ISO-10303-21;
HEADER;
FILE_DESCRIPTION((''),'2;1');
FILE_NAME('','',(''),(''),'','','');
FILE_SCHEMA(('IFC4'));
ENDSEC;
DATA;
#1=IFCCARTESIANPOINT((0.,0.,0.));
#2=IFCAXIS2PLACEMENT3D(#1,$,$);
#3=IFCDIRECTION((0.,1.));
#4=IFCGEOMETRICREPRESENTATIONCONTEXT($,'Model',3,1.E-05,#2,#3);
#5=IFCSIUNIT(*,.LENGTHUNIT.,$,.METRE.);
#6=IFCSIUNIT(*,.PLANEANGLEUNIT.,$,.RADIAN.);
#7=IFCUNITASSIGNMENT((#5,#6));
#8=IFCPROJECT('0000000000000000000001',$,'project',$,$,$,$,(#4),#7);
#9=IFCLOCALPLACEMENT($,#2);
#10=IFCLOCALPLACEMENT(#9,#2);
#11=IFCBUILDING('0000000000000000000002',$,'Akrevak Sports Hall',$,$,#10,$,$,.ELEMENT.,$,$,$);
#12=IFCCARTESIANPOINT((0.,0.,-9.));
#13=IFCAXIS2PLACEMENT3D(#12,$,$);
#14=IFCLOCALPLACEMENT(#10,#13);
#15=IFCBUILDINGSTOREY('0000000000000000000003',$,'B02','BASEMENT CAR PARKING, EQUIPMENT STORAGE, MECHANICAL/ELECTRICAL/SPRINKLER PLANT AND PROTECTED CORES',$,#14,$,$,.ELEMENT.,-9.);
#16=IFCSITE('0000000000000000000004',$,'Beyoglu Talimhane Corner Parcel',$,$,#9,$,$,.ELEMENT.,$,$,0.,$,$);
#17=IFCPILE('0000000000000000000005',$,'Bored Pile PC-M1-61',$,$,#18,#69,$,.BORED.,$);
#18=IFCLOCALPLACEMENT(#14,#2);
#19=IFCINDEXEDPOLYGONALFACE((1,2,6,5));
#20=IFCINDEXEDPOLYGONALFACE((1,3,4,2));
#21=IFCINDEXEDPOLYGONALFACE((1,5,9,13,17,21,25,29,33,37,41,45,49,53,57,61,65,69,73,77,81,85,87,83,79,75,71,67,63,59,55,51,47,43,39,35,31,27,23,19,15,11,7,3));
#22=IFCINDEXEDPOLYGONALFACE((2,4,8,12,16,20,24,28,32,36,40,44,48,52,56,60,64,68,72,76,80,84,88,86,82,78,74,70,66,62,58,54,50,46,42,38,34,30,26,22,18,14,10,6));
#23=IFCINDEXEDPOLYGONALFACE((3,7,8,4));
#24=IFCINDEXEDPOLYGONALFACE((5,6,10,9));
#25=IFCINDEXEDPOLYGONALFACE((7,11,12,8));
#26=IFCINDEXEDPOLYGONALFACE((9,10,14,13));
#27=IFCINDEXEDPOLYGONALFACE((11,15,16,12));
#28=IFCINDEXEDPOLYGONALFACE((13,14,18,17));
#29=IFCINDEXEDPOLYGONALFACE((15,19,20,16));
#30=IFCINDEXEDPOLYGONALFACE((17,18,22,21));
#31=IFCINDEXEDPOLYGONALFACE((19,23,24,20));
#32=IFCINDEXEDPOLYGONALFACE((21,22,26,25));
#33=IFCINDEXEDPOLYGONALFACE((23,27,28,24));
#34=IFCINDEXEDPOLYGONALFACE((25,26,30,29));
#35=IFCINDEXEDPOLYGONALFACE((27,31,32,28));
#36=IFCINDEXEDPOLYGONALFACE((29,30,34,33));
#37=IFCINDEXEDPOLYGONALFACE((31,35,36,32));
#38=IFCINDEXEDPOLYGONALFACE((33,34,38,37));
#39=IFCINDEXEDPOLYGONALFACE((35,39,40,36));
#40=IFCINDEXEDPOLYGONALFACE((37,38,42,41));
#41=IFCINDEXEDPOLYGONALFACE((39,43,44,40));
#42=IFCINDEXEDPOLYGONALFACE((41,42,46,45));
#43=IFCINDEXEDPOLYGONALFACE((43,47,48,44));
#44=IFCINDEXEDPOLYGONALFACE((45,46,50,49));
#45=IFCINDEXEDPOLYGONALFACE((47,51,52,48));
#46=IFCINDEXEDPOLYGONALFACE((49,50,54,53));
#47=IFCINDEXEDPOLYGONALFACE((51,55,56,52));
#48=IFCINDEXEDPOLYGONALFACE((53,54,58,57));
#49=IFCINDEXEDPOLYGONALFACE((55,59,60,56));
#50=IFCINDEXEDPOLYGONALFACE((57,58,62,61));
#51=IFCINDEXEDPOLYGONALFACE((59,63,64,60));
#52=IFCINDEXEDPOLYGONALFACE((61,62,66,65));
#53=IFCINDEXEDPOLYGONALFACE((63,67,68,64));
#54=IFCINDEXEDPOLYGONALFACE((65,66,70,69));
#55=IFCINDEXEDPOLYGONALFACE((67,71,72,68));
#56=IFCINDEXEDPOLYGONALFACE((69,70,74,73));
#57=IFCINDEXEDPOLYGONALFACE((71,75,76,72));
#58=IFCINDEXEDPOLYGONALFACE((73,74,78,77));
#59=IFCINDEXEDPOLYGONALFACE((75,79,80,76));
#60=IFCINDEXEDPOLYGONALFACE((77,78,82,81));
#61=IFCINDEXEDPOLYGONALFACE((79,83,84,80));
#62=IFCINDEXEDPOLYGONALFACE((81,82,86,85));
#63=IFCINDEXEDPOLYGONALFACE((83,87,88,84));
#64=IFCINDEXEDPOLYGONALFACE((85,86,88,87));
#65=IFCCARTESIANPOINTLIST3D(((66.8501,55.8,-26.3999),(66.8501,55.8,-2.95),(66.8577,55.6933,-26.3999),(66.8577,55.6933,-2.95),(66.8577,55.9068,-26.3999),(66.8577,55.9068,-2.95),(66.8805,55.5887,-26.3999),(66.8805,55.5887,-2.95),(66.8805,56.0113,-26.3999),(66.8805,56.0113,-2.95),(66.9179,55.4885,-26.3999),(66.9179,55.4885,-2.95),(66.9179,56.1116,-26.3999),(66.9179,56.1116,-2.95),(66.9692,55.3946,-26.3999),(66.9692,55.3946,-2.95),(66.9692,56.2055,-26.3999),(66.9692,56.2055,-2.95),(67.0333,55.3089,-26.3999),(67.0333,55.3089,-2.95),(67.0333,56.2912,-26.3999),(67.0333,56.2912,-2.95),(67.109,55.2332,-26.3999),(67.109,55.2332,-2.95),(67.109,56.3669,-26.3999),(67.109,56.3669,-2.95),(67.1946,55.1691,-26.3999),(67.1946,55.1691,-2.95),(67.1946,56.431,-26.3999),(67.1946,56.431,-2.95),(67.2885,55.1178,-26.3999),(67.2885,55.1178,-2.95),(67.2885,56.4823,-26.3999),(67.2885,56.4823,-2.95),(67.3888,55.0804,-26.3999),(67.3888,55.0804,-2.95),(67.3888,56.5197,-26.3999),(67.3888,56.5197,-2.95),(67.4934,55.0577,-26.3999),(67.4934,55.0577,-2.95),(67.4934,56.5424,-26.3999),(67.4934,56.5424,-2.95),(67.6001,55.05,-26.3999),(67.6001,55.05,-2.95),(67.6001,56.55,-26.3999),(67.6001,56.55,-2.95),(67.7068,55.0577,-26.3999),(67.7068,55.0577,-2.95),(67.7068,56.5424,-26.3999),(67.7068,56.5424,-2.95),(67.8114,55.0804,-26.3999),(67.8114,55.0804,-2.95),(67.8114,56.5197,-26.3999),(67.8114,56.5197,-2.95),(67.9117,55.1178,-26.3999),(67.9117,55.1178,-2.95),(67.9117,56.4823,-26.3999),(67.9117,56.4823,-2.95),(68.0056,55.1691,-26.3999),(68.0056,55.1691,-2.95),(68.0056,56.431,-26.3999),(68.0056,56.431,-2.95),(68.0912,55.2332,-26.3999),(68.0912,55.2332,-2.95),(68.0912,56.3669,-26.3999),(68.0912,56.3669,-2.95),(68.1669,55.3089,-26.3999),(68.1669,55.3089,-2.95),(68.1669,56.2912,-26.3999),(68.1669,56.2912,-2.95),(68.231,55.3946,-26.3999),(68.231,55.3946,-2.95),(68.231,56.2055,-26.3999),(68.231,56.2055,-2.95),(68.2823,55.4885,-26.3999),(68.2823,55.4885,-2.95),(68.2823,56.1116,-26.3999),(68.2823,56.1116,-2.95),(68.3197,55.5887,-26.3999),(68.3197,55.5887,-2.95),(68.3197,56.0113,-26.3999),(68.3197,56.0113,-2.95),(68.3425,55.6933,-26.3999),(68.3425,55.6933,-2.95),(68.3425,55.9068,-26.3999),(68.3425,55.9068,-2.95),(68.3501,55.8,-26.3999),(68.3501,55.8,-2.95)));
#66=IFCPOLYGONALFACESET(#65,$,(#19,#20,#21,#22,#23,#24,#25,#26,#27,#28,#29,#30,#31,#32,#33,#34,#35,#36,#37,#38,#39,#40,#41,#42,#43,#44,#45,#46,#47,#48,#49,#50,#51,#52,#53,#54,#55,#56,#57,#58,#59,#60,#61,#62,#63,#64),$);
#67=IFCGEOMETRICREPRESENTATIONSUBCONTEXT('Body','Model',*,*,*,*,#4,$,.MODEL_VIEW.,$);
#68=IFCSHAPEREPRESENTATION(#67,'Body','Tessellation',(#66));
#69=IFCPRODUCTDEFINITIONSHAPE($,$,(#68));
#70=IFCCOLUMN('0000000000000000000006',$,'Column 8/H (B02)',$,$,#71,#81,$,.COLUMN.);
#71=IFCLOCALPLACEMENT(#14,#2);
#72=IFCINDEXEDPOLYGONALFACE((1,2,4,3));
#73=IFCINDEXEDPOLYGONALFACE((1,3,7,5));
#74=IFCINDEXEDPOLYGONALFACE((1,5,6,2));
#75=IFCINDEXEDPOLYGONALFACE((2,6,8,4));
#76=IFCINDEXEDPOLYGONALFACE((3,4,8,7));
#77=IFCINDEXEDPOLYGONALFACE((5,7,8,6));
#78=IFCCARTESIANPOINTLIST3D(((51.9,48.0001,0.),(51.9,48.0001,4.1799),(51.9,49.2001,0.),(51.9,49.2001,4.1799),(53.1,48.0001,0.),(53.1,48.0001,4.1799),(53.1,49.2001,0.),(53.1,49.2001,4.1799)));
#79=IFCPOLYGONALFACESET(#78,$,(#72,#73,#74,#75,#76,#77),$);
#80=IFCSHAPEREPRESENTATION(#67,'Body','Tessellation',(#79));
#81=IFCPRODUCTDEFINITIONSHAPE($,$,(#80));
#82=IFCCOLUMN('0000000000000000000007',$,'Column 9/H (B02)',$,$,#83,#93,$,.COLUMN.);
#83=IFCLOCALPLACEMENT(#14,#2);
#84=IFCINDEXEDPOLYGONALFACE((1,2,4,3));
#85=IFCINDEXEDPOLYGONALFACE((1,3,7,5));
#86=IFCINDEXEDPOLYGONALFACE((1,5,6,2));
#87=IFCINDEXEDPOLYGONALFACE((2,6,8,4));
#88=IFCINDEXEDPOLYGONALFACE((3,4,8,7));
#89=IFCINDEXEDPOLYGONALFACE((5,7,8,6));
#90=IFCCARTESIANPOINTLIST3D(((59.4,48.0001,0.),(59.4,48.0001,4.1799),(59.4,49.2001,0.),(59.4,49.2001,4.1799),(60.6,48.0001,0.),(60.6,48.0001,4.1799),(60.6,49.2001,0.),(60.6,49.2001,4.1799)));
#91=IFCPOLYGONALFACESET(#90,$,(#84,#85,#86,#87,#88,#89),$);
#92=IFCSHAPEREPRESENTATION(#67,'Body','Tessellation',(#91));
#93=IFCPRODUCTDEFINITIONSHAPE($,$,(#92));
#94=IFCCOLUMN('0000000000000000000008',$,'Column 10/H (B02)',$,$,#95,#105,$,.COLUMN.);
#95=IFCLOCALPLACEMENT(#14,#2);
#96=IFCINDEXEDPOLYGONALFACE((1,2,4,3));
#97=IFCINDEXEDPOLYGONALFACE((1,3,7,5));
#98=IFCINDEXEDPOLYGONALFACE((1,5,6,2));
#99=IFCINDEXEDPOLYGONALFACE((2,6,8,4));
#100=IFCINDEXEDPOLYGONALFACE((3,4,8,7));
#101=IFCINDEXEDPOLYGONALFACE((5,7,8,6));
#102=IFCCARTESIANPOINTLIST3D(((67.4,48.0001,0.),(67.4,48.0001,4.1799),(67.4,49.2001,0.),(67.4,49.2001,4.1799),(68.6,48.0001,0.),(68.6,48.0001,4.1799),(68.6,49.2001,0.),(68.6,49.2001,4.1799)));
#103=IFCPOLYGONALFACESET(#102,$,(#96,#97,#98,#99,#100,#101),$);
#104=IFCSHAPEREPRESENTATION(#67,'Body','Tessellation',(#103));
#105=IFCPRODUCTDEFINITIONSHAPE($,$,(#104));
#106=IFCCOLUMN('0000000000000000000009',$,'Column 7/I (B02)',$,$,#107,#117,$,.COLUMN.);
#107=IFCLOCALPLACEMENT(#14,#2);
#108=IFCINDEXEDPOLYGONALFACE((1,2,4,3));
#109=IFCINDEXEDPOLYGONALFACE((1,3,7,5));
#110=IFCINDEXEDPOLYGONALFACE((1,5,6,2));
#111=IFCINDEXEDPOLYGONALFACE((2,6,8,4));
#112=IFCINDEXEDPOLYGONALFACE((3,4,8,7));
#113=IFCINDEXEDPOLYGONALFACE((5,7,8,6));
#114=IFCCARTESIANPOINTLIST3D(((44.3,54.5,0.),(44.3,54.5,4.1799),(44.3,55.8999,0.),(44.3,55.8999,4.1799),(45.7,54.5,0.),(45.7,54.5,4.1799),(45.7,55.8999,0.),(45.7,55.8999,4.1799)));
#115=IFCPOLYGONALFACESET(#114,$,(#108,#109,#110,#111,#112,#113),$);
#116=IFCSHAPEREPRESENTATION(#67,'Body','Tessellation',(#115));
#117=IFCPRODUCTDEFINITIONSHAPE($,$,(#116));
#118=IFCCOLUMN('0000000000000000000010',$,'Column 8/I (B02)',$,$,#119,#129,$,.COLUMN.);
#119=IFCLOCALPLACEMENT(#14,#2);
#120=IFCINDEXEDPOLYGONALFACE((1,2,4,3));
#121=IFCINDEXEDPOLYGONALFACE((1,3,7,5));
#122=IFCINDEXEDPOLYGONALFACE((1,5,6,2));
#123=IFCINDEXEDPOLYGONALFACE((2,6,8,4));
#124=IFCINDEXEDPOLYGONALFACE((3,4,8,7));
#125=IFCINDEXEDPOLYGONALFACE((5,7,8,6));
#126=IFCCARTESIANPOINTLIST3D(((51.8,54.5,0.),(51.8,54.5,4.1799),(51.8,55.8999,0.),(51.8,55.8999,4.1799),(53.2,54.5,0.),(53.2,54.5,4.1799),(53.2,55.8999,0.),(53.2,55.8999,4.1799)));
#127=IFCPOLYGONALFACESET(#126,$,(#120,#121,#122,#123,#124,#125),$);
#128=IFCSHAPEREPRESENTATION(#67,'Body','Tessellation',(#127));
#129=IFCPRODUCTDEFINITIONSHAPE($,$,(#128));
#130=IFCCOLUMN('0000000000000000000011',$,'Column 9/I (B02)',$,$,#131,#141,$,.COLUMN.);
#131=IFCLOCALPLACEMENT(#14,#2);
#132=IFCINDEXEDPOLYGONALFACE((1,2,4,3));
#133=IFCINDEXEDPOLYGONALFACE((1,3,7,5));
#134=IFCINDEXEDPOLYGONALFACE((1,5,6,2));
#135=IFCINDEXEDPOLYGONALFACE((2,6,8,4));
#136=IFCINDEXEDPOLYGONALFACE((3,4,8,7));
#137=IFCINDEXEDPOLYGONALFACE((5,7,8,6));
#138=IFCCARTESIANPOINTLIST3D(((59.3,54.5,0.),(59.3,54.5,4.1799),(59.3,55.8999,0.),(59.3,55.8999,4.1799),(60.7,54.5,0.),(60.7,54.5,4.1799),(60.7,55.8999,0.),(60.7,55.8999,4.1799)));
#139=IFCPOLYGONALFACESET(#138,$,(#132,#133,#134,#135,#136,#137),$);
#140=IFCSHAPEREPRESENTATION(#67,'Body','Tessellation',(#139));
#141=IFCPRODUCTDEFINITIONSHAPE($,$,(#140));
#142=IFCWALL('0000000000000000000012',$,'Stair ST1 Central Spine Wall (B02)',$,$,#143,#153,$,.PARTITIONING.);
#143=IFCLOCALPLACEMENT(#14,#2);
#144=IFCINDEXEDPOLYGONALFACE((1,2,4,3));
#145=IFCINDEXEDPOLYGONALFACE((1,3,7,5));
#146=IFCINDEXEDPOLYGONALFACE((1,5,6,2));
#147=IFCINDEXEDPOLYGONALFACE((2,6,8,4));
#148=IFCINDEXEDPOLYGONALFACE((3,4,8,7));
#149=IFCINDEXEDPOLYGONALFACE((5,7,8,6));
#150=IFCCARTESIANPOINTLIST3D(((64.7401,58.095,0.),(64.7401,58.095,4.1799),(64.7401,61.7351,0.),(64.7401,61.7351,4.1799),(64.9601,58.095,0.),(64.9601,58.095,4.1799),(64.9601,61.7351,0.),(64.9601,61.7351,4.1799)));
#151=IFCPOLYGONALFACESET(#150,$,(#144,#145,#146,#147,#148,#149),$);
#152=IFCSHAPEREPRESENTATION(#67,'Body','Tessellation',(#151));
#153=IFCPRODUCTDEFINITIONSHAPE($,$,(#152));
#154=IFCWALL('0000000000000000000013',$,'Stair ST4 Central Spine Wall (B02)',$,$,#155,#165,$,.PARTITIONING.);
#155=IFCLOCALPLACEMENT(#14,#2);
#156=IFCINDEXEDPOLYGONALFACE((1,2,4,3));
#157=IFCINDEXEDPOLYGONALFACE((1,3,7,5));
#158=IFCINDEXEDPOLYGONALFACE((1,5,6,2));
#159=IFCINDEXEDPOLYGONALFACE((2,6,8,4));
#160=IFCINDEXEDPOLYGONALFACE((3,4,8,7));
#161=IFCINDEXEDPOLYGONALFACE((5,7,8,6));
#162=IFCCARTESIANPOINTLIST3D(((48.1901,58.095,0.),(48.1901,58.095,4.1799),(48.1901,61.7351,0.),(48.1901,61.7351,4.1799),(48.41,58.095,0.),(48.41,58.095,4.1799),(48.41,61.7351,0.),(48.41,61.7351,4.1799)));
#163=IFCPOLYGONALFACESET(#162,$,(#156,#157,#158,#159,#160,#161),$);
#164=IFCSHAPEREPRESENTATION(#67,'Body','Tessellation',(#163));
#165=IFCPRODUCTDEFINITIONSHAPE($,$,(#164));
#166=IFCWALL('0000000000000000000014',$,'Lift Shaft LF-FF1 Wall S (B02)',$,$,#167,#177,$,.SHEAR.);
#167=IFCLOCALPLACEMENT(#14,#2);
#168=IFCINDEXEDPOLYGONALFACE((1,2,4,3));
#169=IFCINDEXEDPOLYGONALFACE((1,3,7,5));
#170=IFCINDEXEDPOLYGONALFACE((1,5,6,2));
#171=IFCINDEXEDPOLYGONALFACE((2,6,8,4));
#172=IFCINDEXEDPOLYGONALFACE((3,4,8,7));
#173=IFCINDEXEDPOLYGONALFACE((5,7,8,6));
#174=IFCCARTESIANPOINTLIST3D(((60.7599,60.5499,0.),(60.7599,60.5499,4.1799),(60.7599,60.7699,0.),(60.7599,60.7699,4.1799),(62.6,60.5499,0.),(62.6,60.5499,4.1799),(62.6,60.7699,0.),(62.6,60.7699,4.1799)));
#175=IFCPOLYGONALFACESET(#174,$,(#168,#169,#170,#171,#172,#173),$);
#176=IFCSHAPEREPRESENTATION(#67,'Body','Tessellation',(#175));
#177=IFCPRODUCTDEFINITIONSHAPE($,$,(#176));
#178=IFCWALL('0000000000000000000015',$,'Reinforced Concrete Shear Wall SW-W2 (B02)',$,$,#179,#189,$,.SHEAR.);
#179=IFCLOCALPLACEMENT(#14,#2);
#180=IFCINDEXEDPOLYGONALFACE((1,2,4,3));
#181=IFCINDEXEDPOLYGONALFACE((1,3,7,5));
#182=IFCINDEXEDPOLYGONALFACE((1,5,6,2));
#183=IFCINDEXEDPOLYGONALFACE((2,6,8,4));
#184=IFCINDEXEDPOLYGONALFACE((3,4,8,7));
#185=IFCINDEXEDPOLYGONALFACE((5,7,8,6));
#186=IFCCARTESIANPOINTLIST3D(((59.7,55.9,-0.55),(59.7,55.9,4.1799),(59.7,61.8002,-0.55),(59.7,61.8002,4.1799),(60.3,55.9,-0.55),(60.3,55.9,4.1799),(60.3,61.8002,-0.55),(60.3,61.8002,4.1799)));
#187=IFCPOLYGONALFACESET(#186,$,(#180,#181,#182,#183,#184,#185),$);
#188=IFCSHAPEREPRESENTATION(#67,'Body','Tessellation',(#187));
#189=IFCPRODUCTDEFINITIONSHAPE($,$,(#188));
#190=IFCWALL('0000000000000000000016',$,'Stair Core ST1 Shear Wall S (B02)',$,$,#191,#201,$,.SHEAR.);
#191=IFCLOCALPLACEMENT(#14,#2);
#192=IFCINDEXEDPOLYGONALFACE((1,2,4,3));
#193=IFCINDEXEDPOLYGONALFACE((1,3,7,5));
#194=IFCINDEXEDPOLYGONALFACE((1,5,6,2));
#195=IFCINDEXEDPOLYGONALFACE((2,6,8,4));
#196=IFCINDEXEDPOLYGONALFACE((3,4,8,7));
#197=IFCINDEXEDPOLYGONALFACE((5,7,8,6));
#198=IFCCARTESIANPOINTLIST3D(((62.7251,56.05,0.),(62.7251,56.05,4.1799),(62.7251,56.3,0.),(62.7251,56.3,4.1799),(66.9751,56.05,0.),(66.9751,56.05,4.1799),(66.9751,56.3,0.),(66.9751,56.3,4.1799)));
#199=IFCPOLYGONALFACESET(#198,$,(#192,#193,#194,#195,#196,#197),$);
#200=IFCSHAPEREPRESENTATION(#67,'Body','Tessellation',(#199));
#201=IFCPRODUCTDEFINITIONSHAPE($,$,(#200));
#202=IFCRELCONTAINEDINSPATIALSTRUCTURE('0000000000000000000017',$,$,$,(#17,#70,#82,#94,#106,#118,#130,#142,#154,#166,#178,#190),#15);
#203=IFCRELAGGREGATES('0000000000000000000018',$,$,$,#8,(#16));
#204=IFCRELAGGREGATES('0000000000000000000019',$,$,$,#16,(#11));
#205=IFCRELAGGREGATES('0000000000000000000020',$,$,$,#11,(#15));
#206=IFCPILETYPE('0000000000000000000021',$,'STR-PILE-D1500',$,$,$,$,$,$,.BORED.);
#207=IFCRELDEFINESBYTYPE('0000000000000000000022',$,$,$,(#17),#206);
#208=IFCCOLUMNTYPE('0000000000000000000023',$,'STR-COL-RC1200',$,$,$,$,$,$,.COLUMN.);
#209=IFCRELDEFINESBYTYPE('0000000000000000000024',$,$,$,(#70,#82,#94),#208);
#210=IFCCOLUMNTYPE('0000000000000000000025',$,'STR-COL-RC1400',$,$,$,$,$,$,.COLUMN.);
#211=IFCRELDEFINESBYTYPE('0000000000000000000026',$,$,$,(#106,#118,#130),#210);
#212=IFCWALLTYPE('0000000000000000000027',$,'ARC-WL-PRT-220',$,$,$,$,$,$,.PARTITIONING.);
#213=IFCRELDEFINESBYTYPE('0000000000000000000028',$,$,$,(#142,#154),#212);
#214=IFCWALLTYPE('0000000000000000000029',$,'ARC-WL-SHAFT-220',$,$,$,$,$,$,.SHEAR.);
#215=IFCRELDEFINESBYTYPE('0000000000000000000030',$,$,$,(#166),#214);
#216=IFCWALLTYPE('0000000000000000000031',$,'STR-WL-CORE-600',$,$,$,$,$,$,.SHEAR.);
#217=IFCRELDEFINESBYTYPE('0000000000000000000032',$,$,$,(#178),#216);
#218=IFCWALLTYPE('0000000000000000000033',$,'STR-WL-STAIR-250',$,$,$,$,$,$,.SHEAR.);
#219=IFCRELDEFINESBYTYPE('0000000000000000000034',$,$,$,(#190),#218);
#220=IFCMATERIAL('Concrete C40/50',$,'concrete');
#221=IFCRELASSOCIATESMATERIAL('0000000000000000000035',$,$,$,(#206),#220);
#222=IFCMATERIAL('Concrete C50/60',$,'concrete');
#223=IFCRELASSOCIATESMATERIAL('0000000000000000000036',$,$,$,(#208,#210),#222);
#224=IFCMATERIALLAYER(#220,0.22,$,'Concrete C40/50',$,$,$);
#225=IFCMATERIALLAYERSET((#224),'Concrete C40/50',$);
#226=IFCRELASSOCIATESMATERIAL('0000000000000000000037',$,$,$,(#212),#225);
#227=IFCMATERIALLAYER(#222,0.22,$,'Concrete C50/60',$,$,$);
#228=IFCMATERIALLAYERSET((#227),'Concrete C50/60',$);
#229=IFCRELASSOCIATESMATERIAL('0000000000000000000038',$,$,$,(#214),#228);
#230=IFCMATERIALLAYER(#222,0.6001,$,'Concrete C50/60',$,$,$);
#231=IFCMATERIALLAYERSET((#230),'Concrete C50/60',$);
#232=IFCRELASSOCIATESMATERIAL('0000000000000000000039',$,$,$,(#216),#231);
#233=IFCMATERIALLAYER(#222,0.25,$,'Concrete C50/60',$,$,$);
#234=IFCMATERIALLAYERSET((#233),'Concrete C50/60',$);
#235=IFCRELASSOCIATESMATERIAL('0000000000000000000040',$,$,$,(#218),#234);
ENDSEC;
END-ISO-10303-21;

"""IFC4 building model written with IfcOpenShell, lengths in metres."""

from ifc_helpers import new_model, si_unit, direction, frame, frame_2d, origin, origin_2d, place, context, subcontext, project, spatial, rectangle, circle, extrude, material, layer, layer_set, material_profile, profile_set, type_object, element, save


model = new_model("IFC4")

# Units and contexts
model_context = context("Model", 3, precision=1e-05, world=origin(), true_north=direction((0.0, 1.0)))
body_context = subcontext(model_context, "Body", "Model", "MODEL_VIEW")
ifc_project = project(units=[si_unit("LENGTHUNIT", "METRE"), si_unit("PLANEANGLEUNIT", "RADIAN")], contexts=[model_context])

# Site, building, storey
site_placement = place(None, origin())
site = spatial("IfcSite", under=ifc_project, at=site_placement, Name="Beyoglu Talimhane Corner Parcel", CompositionType="ELEMENT", RefElevation=0.0)
building_placement = place(site_placement, origin())
building = spatial("IfcBuilding", under=site, at=building_placement, Name="Akrevak Sports Hall", CompositionType="ELEMENT")
storey_placement = place(building_placement, frame((0.0, 0.0, -9.0)))
storey = spatial("IfcBuildingStorey", under=building, at=storey_placement, Name="B02", Description="BASEMENT CAR PARKING, EQUIPMENT STORAGE, MECHANICAL/ELECTRICAL/SPRINKLER PLANT AND PROTECTED CORES", CompositionType="ELEMENT", Elevation=-9.0)

# Shared definitions
ifc_material_1 = material(Name="Concrete C40/50", Category="concrete")

# Pile
ifc_material_profile_1 = material_profile(ifc_material_1, circle(Radius=0.75, at=origin_2d()), Name="BORED PILE D1500", Category="concrete")
ifc_profile_set_1 = profile_set([ifc_material_profile_1], Name="Concrete C40/50")
pile_type_1 = type_object("IfcPileType", Name="STR-PILE-D1500", PredefinedType="BORED", material=ifc_profile_set_1)
for number, where, z_axis, x_axis, name in (
    (1, (67.6001, 55.8, -2.95), (0.0, 0.0, -1.0), (1.0, 0.0, 0.0), "Bored Pile PC-M1-61"),
):
    element("IfcPile", number, at=place(storey_placement, frame(where, z_axis=z_axis, x_axis=x_axis)), inside=storey, type_object=pile_type_1, Name=name, PredefinedType="BORED", context=body_context, shape_type="SweptSolid", body=[
        extrude(circle(Radius=0.75, at=origin_2d()), origin(), (0.0, 0.0, 1.0), 23.45),
    ])

# Columns
ifc_material_2 = material(Name="Concrete C50/60", Category="concrete")
ifc_material_profile_2 = material_profile(ifc_material_2, rectangle(XDim=1.2, YDim=1.2, at=origin_2d()), Name="RC 1200x1200", Category="concrete")
ifc_profile_set_2 = profile_set([ifc_material_profile_2], Name="Concrete C50/60")
column_type_1 = type_object("IfcColumnType", Name="STR-COL-RC1200", PredefinedType="COLUMN", material=ifc_profile_set_2)
for number, where, z_axis, x_axis, name in (
    (2, (52.5, 48.6001, 0.0), (0.0, 0.0, 1.0), (1.0, 0.0, 0.0), "Column 8/H (B02)"),
    (3, (60.0, 48.6001, 0.0), (0.0, 0.0, 1.0), (1.0, 0.0, 0.0), "Column 9/H (B02)"),
    (4, (68.0, 48.6001, 0.0), (0.0, 0.0, 1.0), (1.0, 0.0, 0.0), "Column 10/H (B02)"),
):
    element("IfcColumn", number, at=place(storey_placement, frame(where, z_axis=z_axis, x_axis=x_axis)), inside=storey, type_object=column_type_1, Name=name, PredefinedType="COLUMN", context=body_context, shape_type="SweptSolid", body=[
        extrude(rectangle(XDim=1.2, YDim=1.2, at=origin_2d()), origin(), (0.0, 0.0, 1.0), 4.1799),
    ])
ifc_material_profile_3 = material_profile(ifc_material_2, rectangle(XDim=1.3999, YDim=1.3999, at=origin_2d()), Name="RC 1400x1400", Category="concrete")
ifc_profile_set_3 = profile_set([ifc_material_profile_3], Name="Concrete C50/60")
column_type_2 = type_object("IfcColumnType", Name="STR-COL-RC1400", PredefinedType="COLUMN", material=ifc_profile_set_3)
for number, where, z_axis, x_axis, name in (
    (5, (45.0, 55.2, 0.0), (0.0, 0.0, 1.0), (1.0, 0.0, 0.0), "Column 7/I (B02)"),
    (6, (52.5, 55.2, 0.0), (0.0, 0.0, 1.0), (1.0, 0.0, 0.0), "Column 8/I (B02)"),
    (7, (60.0, 55.2, 0.0), (0.0, 0.0, 1.0), (1.0, 0.0, 0.0), "Column 9/I (B02)"),
):
    element("IfcColumn", number, at=place(storey_placement, frame(where, z_axis=z_axis, x_axis=x_axis)), inside=storey, type_object=column_type_2, Name=name, PredefinedType="COLUMN", context=body_context, shape_type="SweptSolid", body=[
        extrude(rectangle(XDim=1.3999, YDim=1.3999, at=origin_2d()), origin(), (0.0, 0.0, 1.0), 4.1799),
    ])

# Walls
ifc_layer_1 = layer(ifc_material_1, 0.22, Name="Concrete C40/50")
ifc_layer_set_1 = layer_set([ifc_layer_1], Name="Concrete C40/50")
wall_type_1 = type_object("IfcWallType", Name="ARC-WL-PRT-220", PredefinedType="PARTITIONING", material=ifc_layer_set_1)
for number, where, z_axis, x_axis, name in (
    (8, (64.8501, 58.095, 0.0), (0.0, 0.0, 1.0), (0.0, 1.0, 0.0), "Stair ST1 Central Spine Wall (B02)"),
    (9, (48.3, 58.095, 0.0), (0.0, 0.0, 1.0), (0.0, 1.0, 0.0), "Stair ST4 Central Spine Wall (B02)"),
):
    element("IfcWall", number, at=place(storey_placement, frame(where, z_axis=z_axis, x_axis=x_axis)), inside=storey, type_object=wall_type_1, Name=name, PredefinedType="PARTITIONING", context=body_context, shape_type="SweptSolid", body=[
        extrude(rectangle(XDim=3.6401, YDim=0.22, at=frame_2d((1.8201, 0.0))), origin(), (0.0, 0.0, 1.0), 4.1799),
    ])
ifc_layer_2 = layer(ifc_material_2, 0.22, Name="Concrete C50/60")
ifc_layer_set_2 = layer_set([ifc_layer_2], Name="Concrete C50/60")
wall_type_2 = type_object("IfcWallType", Name="ARC-WL-SHAFT-220", PredefinedType="SHEAR", material=ifc_layer_set_2)
wall_1_placement = place(storey_placement, frame((60.76, 60.6599, 0.0), z_axis=(0.0, 0.0, 1.0), x_axis=(1.0, 0.0, 0.0)))
element("IfcWall", 10, at=wall_1_placement, inside=storey, type_object=wall_type_2, Name="Lift Shaft LF-FF1 Wall S (B02)", PredefinedType="SHEAR", context=body_context, shape_type="SweptSolid", body=[
    extrude(rectangle(XDim=1.8401, YDim=0.22, at=frame_2d((0.9199, 0.0))), origin(), (0.0, 0.0, 1.0), 4.1799),
])
ifc_layer_3 = layer(ifc_material_2, 0.6001, Name="Concrete C50/60")
ifc_layer_set_3 = layer_set([ifc_layer_3], Name="Concrete C50/60")
wall_type_3 = type_object("IfcWallType", Name="STR-WL-CORE-600", PredefinedType="SHEAR", material=ifc_layer_set_3)
wall_2_placement = place(storey_placement, frame((60.0, 55.8999, -0.55), z_axis=(0.0, 0.0, 1.0), x_axis=(0.0, 1.0, 0.0)))
element("IfcWall", 11, at=wall_2_placement, inside=storey, type_object=wall_type_3, Name="Reinforced Concrete Shear Wall SW-W2 (B02)", PredefinedType="SHEAR", context=body_context, shape_type="SweptSolid", body=[
    extrude(rectangle(XDim=5.9001, YDim=0.6001, at=frame_2d((2.9502, 0.0))), origin(), (0.0, 0.0, 1.0), 4.73),
])
ifc_layer_4 = layer(ifc_material_2, 0.25, Name="Concrete C50/60")
ifc_layer_set_4 = layer_set([ifc_layer_4], Name="Concrete C50/60")
wall_type_4 = type_object("IfcWallType", Name="STR-WL-STAIR-250", PredefinedType="SHEAR", material=ifc_layer_set_4)
wall_3_placement = place(storey_placement, frame((62.7251, 56.175, 0.0), z_axis=(0.0, 0.0, 1.0), x_axis=(1.0, 0.0, 0.0)))
element("IfcWall", 12, at=wall_3_placement, inside=storey, type_object=wall_type_4, Name="Stair Core ST1 Shear Wall S (B02)", PredefinedType="SHEAR", context=body_context, shape_type="SweptSolid", body=[
    extrude(rectangle(XDim=4.25, YDim=0.25, at=frame_2d((2.125, 0.0))), origin(), (0.0, 0.0, 1.0), 4.1799),
])

save(model, "model.ifc")
